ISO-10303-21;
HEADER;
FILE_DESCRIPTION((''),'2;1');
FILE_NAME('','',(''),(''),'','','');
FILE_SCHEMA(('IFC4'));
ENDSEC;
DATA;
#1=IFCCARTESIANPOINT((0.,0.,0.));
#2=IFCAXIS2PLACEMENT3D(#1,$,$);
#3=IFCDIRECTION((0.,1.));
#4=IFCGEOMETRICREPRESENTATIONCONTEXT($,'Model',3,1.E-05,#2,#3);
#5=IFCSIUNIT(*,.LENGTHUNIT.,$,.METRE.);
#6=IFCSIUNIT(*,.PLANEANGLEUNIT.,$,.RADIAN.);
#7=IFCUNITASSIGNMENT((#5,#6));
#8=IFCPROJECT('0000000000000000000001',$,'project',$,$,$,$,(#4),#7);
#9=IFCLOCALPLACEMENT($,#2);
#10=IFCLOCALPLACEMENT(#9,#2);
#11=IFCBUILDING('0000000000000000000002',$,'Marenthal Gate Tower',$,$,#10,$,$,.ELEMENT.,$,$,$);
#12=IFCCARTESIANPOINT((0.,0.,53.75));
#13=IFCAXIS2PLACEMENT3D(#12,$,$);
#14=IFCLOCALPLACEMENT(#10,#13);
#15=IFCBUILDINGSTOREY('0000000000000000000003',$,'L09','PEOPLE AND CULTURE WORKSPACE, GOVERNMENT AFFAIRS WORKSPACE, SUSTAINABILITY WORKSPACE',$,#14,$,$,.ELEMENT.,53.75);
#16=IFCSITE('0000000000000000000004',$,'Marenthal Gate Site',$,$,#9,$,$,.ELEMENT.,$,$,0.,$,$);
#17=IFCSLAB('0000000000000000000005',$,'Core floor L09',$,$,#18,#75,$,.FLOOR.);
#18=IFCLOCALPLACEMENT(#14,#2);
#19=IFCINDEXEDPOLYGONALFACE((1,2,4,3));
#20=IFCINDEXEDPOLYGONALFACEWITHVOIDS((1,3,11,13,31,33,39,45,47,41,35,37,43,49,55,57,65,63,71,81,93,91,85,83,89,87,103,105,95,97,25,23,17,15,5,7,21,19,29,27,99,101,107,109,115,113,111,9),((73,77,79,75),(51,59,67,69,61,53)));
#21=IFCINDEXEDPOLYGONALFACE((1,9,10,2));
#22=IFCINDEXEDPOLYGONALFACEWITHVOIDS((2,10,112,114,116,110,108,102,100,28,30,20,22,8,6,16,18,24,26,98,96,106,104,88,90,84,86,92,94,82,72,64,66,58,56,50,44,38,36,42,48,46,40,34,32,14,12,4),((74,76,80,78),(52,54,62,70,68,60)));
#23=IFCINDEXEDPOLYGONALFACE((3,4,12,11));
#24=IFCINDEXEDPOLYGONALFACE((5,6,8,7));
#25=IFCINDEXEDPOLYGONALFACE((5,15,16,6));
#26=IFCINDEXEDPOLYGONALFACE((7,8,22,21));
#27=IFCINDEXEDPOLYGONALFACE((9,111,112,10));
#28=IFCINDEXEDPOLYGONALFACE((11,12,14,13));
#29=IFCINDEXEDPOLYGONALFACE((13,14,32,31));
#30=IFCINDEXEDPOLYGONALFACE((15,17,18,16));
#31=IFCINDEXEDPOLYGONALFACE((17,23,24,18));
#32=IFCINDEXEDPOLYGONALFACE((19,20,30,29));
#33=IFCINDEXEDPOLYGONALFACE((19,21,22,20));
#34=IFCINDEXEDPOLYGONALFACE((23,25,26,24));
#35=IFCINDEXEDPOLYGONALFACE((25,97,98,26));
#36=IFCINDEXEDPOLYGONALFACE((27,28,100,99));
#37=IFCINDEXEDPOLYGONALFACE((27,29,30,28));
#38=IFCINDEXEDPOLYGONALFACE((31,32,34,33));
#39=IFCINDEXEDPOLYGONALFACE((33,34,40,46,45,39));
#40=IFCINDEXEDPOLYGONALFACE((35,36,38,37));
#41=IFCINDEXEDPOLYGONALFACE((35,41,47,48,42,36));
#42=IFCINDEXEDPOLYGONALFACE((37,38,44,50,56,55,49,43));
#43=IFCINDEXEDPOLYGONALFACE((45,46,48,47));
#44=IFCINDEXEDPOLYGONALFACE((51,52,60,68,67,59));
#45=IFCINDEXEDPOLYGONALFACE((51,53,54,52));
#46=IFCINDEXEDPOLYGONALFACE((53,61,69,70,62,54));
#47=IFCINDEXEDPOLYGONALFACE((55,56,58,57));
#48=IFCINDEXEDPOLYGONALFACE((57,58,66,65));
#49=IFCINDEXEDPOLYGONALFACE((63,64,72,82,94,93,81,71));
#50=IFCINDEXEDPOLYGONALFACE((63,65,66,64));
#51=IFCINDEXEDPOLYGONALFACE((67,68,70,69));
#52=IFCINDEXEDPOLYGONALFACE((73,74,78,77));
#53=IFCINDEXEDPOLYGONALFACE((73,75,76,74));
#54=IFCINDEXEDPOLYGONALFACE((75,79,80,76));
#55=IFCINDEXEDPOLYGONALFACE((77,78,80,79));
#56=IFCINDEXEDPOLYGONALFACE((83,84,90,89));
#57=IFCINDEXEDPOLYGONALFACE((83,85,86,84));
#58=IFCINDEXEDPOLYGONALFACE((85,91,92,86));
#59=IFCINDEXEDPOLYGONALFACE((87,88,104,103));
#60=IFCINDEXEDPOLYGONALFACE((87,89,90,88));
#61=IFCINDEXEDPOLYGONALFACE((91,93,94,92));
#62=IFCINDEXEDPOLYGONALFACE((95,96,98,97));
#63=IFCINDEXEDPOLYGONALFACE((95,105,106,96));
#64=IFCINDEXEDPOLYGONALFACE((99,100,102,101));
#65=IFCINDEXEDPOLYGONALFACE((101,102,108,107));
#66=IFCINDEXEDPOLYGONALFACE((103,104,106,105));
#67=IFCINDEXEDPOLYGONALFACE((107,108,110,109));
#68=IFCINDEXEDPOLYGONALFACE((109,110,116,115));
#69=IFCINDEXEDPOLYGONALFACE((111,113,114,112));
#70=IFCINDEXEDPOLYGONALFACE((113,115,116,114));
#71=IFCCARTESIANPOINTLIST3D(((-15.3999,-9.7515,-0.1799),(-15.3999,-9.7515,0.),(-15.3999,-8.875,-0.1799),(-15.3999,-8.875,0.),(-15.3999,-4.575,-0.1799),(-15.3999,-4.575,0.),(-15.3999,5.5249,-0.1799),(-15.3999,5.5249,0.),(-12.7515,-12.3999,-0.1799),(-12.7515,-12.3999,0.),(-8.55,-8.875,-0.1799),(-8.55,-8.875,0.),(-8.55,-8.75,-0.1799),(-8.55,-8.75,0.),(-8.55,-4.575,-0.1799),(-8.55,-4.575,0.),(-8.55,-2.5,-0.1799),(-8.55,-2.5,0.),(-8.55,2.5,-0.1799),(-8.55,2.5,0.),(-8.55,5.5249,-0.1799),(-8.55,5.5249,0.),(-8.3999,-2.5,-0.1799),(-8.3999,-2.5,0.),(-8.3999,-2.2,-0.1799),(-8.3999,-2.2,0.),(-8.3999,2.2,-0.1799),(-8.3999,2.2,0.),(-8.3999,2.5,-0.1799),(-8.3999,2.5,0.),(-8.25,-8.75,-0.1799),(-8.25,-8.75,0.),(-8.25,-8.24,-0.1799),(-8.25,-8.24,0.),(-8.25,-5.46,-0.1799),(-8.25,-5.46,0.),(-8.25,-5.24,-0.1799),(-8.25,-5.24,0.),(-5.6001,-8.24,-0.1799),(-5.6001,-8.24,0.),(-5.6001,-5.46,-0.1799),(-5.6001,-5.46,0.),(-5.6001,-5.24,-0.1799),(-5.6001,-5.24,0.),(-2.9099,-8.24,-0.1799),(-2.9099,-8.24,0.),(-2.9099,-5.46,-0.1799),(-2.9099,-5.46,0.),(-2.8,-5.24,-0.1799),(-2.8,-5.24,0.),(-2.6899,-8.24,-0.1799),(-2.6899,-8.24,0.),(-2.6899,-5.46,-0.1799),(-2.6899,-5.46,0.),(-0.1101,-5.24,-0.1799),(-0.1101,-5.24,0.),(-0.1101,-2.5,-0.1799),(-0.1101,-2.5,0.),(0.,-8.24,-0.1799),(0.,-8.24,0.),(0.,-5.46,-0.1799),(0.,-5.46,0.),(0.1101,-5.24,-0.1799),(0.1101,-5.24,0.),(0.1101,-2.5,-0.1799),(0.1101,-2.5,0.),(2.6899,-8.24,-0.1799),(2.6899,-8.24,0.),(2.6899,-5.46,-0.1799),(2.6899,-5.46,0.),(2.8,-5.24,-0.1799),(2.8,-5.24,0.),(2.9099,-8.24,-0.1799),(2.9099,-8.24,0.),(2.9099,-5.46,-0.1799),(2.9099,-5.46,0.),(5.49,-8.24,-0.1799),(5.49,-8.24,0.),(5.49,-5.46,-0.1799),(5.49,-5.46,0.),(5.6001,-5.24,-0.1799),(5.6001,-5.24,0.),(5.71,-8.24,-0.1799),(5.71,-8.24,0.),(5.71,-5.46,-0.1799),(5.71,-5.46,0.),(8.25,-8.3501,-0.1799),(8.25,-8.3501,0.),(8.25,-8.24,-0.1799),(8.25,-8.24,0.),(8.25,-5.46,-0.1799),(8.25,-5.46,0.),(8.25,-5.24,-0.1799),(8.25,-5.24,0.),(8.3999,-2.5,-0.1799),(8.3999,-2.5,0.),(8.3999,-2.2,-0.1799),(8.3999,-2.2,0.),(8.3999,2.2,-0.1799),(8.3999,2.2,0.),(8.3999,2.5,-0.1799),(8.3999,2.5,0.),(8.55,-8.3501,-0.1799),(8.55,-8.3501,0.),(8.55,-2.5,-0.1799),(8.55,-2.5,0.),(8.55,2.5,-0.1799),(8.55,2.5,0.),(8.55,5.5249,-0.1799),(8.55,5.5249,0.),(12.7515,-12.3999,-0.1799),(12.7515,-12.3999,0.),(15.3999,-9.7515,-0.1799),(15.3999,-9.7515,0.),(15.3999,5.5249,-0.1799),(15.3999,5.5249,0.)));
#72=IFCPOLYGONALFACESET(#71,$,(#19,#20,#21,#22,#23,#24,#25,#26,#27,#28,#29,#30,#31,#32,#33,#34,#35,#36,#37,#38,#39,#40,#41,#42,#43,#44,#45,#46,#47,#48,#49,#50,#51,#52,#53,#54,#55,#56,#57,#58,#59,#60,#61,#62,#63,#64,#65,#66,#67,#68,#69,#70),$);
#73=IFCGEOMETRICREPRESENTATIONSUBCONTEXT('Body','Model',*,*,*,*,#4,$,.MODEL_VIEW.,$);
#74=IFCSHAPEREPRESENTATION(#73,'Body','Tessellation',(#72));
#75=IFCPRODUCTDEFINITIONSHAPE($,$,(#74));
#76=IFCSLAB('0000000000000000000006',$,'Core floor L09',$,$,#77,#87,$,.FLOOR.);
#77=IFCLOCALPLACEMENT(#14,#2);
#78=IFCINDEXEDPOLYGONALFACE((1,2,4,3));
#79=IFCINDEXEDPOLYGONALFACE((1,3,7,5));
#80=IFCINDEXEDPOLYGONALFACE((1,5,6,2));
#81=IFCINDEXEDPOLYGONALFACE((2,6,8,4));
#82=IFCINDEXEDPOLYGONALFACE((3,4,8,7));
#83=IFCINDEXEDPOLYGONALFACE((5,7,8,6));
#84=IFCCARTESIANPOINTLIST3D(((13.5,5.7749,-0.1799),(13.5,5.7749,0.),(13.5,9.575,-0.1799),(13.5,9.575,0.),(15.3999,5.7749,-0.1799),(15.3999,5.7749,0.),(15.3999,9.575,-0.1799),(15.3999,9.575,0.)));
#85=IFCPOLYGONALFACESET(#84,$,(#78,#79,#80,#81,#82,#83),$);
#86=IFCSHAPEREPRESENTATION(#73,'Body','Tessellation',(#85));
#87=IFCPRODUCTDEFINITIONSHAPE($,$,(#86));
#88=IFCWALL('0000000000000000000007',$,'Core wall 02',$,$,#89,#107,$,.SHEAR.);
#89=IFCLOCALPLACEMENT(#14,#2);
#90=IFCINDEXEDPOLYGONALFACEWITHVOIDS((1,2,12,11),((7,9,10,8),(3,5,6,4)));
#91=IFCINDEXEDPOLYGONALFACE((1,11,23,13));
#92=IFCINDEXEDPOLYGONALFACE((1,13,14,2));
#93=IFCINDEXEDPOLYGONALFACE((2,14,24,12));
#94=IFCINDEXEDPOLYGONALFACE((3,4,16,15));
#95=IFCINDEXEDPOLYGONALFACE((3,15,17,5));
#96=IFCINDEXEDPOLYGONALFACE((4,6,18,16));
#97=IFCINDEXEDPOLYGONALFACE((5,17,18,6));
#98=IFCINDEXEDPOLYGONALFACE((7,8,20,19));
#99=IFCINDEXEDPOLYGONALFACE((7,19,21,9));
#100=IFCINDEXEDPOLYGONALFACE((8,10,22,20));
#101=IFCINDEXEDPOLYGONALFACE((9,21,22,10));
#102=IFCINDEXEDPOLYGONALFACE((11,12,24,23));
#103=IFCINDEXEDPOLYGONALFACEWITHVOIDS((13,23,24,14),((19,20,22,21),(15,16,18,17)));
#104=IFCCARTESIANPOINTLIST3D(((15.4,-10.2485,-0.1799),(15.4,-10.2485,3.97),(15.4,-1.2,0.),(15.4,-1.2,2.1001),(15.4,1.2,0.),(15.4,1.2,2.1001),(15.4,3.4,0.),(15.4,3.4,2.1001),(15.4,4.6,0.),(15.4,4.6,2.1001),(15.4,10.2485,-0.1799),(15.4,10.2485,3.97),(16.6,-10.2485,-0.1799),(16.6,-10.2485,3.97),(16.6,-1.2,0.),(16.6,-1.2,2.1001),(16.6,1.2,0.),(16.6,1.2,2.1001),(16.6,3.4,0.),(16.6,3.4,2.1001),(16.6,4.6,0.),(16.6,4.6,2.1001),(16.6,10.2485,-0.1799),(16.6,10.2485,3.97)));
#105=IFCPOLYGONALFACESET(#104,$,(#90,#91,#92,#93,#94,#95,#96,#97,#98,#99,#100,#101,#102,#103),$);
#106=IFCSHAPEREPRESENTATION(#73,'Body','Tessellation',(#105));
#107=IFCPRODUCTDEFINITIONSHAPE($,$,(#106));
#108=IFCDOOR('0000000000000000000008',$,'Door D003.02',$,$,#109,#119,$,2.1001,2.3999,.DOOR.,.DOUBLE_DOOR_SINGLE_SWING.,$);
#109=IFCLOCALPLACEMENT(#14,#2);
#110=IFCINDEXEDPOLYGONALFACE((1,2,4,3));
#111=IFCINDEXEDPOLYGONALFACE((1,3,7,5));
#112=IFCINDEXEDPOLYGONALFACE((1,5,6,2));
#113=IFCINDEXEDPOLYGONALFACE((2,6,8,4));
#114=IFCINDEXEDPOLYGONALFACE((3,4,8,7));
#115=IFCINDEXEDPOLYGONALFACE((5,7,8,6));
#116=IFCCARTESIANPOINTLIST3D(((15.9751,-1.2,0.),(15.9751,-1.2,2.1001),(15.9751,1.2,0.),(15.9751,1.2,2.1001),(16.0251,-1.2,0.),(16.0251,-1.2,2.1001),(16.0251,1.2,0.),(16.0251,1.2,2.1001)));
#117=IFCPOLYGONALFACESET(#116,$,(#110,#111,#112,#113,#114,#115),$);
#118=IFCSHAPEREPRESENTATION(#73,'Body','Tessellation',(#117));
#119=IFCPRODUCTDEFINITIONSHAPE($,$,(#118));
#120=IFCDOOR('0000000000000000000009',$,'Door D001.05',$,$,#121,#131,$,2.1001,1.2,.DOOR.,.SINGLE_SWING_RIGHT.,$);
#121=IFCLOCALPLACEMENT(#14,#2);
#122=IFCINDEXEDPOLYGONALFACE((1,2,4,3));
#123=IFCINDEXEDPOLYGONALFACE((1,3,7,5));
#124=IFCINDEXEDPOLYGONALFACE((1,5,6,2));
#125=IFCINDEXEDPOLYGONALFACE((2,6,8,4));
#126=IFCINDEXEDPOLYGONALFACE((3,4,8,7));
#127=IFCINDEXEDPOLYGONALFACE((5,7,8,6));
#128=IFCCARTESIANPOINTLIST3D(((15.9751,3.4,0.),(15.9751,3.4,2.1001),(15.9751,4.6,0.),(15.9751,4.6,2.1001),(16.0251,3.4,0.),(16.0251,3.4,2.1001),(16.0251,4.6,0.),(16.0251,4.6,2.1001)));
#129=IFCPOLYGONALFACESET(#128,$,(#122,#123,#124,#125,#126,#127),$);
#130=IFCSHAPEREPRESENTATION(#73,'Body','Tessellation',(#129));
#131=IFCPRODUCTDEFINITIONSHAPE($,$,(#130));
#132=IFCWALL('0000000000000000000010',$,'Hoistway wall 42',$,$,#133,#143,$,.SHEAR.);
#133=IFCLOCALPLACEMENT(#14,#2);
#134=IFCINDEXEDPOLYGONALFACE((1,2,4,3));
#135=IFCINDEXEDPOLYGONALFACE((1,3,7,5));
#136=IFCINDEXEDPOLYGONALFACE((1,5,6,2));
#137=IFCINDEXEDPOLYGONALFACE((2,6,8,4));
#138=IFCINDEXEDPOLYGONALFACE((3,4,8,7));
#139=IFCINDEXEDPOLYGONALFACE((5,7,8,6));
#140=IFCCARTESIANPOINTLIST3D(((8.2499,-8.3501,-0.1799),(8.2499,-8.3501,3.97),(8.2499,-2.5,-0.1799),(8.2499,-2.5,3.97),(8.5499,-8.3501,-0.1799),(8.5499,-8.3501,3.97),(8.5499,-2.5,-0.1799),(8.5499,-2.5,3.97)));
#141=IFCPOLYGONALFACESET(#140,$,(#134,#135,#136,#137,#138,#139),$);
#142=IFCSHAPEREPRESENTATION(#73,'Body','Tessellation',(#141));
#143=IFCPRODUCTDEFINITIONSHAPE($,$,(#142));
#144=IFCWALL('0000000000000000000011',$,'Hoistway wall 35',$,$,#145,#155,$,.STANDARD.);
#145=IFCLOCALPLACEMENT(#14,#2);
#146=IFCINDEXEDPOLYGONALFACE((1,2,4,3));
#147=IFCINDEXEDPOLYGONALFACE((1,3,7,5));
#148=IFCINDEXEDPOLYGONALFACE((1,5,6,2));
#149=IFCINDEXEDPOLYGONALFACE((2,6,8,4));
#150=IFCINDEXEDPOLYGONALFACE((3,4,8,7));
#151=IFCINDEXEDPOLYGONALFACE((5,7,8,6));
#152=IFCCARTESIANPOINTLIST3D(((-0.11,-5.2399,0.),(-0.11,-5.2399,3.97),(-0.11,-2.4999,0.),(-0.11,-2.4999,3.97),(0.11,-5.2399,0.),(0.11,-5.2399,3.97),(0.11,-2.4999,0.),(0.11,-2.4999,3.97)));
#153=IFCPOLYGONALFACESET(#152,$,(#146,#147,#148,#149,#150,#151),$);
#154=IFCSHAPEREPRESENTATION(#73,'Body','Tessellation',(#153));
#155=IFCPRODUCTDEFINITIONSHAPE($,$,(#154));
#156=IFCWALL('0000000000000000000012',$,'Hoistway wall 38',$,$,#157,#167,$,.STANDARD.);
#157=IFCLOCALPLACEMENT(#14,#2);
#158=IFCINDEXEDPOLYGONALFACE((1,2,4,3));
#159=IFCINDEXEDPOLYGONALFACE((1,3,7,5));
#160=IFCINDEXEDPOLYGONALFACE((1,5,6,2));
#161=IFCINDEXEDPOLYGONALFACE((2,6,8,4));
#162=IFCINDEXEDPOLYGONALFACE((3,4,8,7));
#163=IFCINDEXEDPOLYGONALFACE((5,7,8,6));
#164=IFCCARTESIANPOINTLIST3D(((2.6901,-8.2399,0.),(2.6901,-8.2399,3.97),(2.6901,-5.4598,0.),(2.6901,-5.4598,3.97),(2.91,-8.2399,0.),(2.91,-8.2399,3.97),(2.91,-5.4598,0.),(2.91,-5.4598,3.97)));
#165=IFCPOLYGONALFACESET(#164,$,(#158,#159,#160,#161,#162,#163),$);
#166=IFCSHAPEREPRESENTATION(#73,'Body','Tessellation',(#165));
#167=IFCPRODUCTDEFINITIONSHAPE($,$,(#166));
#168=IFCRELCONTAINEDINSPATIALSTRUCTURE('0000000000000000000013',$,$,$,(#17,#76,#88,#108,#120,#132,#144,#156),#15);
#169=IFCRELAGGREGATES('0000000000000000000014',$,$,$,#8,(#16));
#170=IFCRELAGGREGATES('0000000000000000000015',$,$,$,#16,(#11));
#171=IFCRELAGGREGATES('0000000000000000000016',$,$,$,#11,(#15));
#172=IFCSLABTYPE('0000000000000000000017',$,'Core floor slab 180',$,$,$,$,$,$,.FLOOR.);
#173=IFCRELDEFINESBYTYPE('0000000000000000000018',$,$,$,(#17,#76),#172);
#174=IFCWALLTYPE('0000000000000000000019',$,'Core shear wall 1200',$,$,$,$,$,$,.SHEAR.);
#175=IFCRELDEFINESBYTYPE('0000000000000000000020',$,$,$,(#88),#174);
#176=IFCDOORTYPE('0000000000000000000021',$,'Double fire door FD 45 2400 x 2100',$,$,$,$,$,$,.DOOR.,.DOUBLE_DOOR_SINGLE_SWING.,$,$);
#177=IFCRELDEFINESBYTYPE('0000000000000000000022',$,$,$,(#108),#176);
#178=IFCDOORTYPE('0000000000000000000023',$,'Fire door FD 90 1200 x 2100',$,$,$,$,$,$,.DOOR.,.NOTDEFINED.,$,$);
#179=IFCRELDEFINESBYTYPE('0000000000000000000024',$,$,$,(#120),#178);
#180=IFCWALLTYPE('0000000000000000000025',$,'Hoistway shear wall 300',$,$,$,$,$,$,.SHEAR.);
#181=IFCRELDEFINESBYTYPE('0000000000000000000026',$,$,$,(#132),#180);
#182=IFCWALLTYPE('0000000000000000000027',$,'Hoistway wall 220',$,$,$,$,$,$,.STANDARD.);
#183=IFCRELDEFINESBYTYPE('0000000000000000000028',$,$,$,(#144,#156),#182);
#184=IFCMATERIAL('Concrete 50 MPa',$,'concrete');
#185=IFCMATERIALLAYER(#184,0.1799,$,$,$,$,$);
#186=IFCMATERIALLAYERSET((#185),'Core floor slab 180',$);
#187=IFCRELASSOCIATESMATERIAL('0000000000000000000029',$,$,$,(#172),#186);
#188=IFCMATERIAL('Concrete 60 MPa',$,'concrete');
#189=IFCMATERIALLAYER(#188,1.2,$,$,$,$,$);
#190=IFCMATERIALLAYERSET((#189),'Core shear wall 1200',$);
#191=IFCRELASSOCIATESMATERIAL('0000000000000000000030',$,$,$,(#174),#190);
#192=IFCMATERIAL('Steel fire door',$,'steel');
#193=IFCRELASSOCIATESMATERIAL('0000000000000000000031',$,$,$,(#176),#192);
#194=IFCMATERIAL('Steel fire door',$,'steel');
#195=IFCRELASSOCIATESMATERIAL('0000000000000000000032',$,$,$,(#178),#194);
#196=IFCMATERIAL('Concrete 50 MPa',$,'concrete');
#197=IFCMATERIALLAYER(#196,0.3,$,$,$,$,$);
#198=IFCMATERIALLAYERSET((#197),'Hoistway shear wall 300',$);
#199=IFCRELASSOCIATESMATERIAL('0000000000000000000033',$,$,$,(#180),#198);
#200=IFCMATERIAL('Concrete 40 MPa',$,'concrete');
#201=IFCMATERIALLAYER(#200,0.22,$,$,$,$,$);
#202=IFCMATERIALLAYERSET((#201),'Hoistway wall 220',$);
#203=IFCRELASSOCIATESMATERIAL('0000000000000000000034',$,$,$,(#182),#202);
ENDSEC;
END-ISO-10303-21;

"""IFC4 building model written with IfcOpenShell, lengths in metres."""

from ifc_helpers import new_model, si_unit, direction, frame, frame_2d, origin, place, context, subcontext, project, spatial, polyline, rectangle, outline, extrude, material, layer, layer_set, type_object, element, fill, save


model = new_model("IFC4")

# Units and contexts
model_context = context("Model", 3, precision=1e-05, world=origin(), true_north=direction((0.0, 1.0)))
body_context = subcontext(model_context, "Body", "Model", "MODEL_VIEW")
ifc_project = project(units=[si_unit("LENGTHUNIT", "METRE"), si_unit("PLANEANGLEUNIT", "RADIAN")], contexts=[model_context])

# Site, building, storey
site_placement = place(None, origin())
site = spatial("IfcSite", under=ifc_project, at=site_placement, Name="Marenthal Gate Site", CompositionType="ELEMENT", RefElevation=0.0)
building_placement = place(site_placement, origin())
building = spatial("IfcBuilding", under=site, at=building_placement, Name="Marenthal Gate Tower", CompositionType="ELEMENT")
storey_placement = place(building_placement, frame((0.0, 0.0, 53.75)))
storey = spatial("IfcBuildingStorey", under=building, at=storey_placement, Name="L09", Description="PEOPLE AND CULTURE WORKSPACE, GOVERNMENT AFFAIRS WORKSPACE, SUSTAINABILITY WORKSPACE", CompositionType="ELEMENT", Elevation=53.75)

# Slabs
ifc_material_1 = material(Name="Concrete 50 MPa", Category="concrete")
ifc_layer_1 = layer(ifc_material_1, 0.1799)
ifc_layer_set_1 = layer_set([ifc_layer_1], Name="Core floor slab 180")
slab_type_1 = type_object("IfcSlabType", Name="Core floor slab 180", PredefinedType="FLOOR", material=ifc_layer_set_1)
slab_1_placement = place(storey_placement, frame((0.0, 0.0, -0.1799)))
element("IfcSlab", 1, at=slab_1_placement, inside=storey, type_object=slab_type_1, Name="Core floor L09", PredefinedType="FLOOR", context=body_context, shape_type="SweptSolid", body=[
    extrude(outline(polyline([(15.3999, -9.7515), (12.7515, -12.3999), (-12.7515, -12.3999), (-15.3999, -9.7515), (-15.3999, -8.875), (-8.55, -8.875), (-8.55, -8.75), (-8.25, -8.75), (-8.25, -8.24), (-5.6001, -8.24), (-2.9099, -8.24), (-2.9099, -5.46), (-5.6001, -5.46), (-8.25, -5.46), (-8.25, -5.24), (-5.6001, -5.24), (-2.8, -5.24), (-0.1101, -5.24), (-0.1101, -2.5), (0.1101, -2.5), (0.1101, -5.24), (2.8, -5.24), (5.6001, -5.24), (8.25, -5.24), (8.25, -5.46), (5.71, -5.46), (5.71, -8.24), (8.25, -8.24), (8.25, -8.3501), (8.55, -8.3501), (8.55, -2.5), (8.3999, -2.5), (8.3999, -2.2), (-8.3999, -2.2), (-8.3999, -2.5), (-8.55, -2.5), (-8.55, -4.575), (-15.3999, -4.575), (-15.3999, 5.5249), (-8.55, 5.5249), (-8.55, 2.5), (-8.3999, 2.5), (-8.3999, 2.2), (8.3999, 2.2), (8.3999, 2.5), (8.55, 2.5), (8.55, 5.5249), (15.3999, 5.5249), (15.3999, -9.7515)]), holes=[polyline([(2.6899, -5.46), (0.0, -5.46), (-2.6899, -5.46), (-2.6899, -8.24), (0.0, -8.24), (2.6899, -8.24), (2.6899, -5.46)]), polyline([(5.49, -5.46), (2.9099, -5.46), (2.9099, -8.24), (5.49, -8.24), (5.49, -5.46)])]), origin(), (0.0, 0.0, 1.0), 0.1799),
])
slab_2_placement = place(storey_placement, frame((0.0, 0.0, -0.1799)))
element("IfcSlab", 2, at=slab_2_placement, inside=storey, type_object=slab_type_1, Name="Core floor L09", PredefinedType="FLOOR", context=body_context, shape_type="SweptSolid", body=[
    extrude(outline(polyline([(15.3999, 5.7749), (13.5, 5.7749), (13.5, 9.575), (15.3999, 9.575), (15.3999, 5.7749)])), origin(), (0.0, 0.0, 1.0), 0.1799),
])

# Wall, openings, doors
ifc_material_2 = material(Name="Concrete 60 MPa", Category="concrete")
ifc_layer_2 = layer(ifc_material_2, 1.2)
ifc_layer_set_2 = layer_set([ifc_layer_2], Name="Core shear wall 1200")
wall_type_1 = type_object("IfcWallType", Name="Core shear wall 1200", PredefinedType="SHEAR", material=ifc_layer_set_2)
wall_1_placement = place(storey_placement, frame((16.0, -10.2485, -0.1799), z_axis=(0.0, 0.0, 1.0), x_axis=(0.0, 1.0, 0.0)))
wall_1 = element("IfcWall", 3, at=wall_1_placement, inside=storey, type_object=wall_type_1, Name="Core wall 02", PredefinedType="SHEAR", context=body_context, shape_type="SweptSolid", body=[
    extrude(rectangle(XDim=20.4971, YDim=1.2, at=frame_2d((10.2485, 0.0))), origin(), (0.0, 0.0, 1.0), 4.1499),
])
opening_1_placement = place(wall_1_placement, frame((9.0486, 0.0, 0.1799)))
opening_1 = element("IfcOpeningElement", 4, at=opening_1_placement, cuts=wall_1, PredefinedType="OPENING", context=body_context, shape_type="SweptSolid", body=[
    extrude(rectangle(XDim=2.3999, YDim=2.1001, at=frame_2d((1.2, 1.05))), frame((0.0, 0.6099, 0.0), z_axis=(0.0, -1.0, 0.0), x_axis=(1.0, 0.0, 0.0)), (0.0, 0.0, 1.0), 1.22),
])
opening_2_placement = place(wall_1_placement, frame((13.6484, 0.0, 0.1799)))
opening_2 = element("IfcOpeningElement", 5, at=opening_2_placement, cuts=wall_1, PredefinedType="OPENING", context=body_context, shape_type="SweptSolid", body=[
    extrude(rectangle(XDim=1.2, YDim=2.1001, at=frame_2d((0.6001, 1.05))), frame((0.0, 0.6099, 0.0), z_axis=(0.0, -1.0, 0.0), x_axis=(1.0, 0.0, 0.0)), (0.0, 0.0, 1.0), 1.22),
])
ifc_material_3 = material(Name="Steel fire door", Category="steel")
door_type_1 = type_object("IfcDoorType", Name="Double fire door FD 45 2400 x 2100", OperationType="DOUBLE_DOOR_SINGLE_SWING", PredefinedType="DOOR", material=ifc_material_3)
door_1_placement = place(opening_1_placement, origin())
door_1 = element("IfcDoor", 6, at=door_1_placement, inside=storey, type_object=door_type_1, Name="Door D003.02", OperationType="DOUBLE_DOOR_SINGLE_SWING", OverallHeight=2.1001, OverallWidth=2.3999, PredefinedType="DOOR", context=body_context, shape_type="SweptSolid", body=[
    extrude(rectangle(XDim=2.3999, YDim=2.1001, at=frame_2d((1.2, 1.05))), frame((0.0, 0.0249, 0.0), z_axis=(0.0, -1.0, 0.0), x_axis=(1.0, 0.0, 0.0)), (0.0, 0.0, 1.0), 0.05),
])
fill(opening_1, door_1)
ifc_material_4 = material(Name="Steel fire door", Category="steel")
door_type_2 = type_object("IfcDoorType", Name="Fire door FD 90 1200 x 2100", OperationType="NOTDEFINED", PredefinedType="DOOR", material=ifc_material_4)
door_2_placement = place(opening_2_placement, origin())
door_2 = element("IfcDoor", 7, at=door_2_placement, inside=storey, type_object=door_type_2, Name="Door D001.05", OperationType="SINGLE_SWING_RIGHT", OverallHeight=2.1001, OverallWidth=1.2, PredefinedType="DOOR", context=body_context, shape_type="SweptSolid", body=[
    extrude(rectangle(XDim=1.2, YDim=2.1001, at=frame_2d((0.6001, 1.05))), frame((0.0, 0.0249, 0.0), z_axis=(0.0, -1.0, 0.0), x_axis=(1.0, 0.0, 0.0)), (0.0, 0.0, 1.0), 0.05),
])
fill(opening_2, door_2)

# Walls
ifc_material_5 = material(Name="Concrete 50 MPa", Category="concrete")
ifc_layer_3 = layer(ifc_material_5, 0.3)
ifc_layer_set_3 = layer_set([ifc_layer_3], Name="Hoistway shear wall 300")
wall_type_2 = type_object("IfcWallType", Name="Hoistway shear wall 300", PredefinedType="SHEAR", material=ifc_layer_set_3)
wall_2_placement = place(storey_placement, frame((8.3999, -8.3501, -0.1799), z_axis=(0.0, 0.0, 1.0), x_axis=(0.0, 1.0, 0.0)))
element("IfcWall", 8, at=wall_2_placement, inside=storey, type_object=wall_type_2, Name="Hoistway wall 42", PredefinedType="SHEAR", context=body_context, shape_type="SweptSolid", body=[
    extrude(rectangle(XDim=5.8501, YDim=0.3, at=frame_2d((2.925, 0.0))), origin(), (0.0, 0.0, 1.0), 4.1499),
])
ifc_material_6 = material(Name="Concrete 40 MPa", Category="concrete")
ifc_layer_4 = layer(ifc_material_6, 0.22)
ifc_layer_set_4 = layer_set([ifc_layer_4], Name="Hoistway wall 220")
wall_type_3 = type_object("IfcWallType", Name="Hoistway wall 220", PredefinedType="STANDARD", material=ifc_layer_set_4)
wall_3_placement = place(storey_placement, frame((0.0, -5.24, 0.0), z_axis=(0.0, 0.0, 1.0), x_axis=(0.0, 1.0, 0.0)))
element("IfcWall", 9, at=wall_3_placement, inside=storey, type_object=wall_type_3, Name="Hoistway wall 35", PredefinedType="STANDARD", context=body_context, shape_type="SweptSolid", body=[
    extrude(rectangle(XDim=2.74, YDim=0.22, at=frame_2d((1.3701, 0.0))), origin(), (0.0, 0.0, 1.0), 3.97),
])
for number, where, z_axis, x_axis, name in (
    (10, (2.8, -8.24, 0.0), (0.0, 0.0, 1.0), (0.0, 1.0, 0.0), "Hoistway wall 38"),
):
    element("IfcWall", number, at=place(storey_placement, frame(where, z_axis=z_axis, x_axis=x_axis)), inside=storey, type_object=wall_type_3, Name=name, PredefinedType="STANDARD", context=body_context, shape_type="SweptSolid", body=[
        extrude(rectangle(XDim=2.78, YDim=0.22, at=frame_2d((1.3901, 0.0))), origin(), (0.0, 0.0, 1.0), 3.97),
    ])

save(model, "model.ifc")
